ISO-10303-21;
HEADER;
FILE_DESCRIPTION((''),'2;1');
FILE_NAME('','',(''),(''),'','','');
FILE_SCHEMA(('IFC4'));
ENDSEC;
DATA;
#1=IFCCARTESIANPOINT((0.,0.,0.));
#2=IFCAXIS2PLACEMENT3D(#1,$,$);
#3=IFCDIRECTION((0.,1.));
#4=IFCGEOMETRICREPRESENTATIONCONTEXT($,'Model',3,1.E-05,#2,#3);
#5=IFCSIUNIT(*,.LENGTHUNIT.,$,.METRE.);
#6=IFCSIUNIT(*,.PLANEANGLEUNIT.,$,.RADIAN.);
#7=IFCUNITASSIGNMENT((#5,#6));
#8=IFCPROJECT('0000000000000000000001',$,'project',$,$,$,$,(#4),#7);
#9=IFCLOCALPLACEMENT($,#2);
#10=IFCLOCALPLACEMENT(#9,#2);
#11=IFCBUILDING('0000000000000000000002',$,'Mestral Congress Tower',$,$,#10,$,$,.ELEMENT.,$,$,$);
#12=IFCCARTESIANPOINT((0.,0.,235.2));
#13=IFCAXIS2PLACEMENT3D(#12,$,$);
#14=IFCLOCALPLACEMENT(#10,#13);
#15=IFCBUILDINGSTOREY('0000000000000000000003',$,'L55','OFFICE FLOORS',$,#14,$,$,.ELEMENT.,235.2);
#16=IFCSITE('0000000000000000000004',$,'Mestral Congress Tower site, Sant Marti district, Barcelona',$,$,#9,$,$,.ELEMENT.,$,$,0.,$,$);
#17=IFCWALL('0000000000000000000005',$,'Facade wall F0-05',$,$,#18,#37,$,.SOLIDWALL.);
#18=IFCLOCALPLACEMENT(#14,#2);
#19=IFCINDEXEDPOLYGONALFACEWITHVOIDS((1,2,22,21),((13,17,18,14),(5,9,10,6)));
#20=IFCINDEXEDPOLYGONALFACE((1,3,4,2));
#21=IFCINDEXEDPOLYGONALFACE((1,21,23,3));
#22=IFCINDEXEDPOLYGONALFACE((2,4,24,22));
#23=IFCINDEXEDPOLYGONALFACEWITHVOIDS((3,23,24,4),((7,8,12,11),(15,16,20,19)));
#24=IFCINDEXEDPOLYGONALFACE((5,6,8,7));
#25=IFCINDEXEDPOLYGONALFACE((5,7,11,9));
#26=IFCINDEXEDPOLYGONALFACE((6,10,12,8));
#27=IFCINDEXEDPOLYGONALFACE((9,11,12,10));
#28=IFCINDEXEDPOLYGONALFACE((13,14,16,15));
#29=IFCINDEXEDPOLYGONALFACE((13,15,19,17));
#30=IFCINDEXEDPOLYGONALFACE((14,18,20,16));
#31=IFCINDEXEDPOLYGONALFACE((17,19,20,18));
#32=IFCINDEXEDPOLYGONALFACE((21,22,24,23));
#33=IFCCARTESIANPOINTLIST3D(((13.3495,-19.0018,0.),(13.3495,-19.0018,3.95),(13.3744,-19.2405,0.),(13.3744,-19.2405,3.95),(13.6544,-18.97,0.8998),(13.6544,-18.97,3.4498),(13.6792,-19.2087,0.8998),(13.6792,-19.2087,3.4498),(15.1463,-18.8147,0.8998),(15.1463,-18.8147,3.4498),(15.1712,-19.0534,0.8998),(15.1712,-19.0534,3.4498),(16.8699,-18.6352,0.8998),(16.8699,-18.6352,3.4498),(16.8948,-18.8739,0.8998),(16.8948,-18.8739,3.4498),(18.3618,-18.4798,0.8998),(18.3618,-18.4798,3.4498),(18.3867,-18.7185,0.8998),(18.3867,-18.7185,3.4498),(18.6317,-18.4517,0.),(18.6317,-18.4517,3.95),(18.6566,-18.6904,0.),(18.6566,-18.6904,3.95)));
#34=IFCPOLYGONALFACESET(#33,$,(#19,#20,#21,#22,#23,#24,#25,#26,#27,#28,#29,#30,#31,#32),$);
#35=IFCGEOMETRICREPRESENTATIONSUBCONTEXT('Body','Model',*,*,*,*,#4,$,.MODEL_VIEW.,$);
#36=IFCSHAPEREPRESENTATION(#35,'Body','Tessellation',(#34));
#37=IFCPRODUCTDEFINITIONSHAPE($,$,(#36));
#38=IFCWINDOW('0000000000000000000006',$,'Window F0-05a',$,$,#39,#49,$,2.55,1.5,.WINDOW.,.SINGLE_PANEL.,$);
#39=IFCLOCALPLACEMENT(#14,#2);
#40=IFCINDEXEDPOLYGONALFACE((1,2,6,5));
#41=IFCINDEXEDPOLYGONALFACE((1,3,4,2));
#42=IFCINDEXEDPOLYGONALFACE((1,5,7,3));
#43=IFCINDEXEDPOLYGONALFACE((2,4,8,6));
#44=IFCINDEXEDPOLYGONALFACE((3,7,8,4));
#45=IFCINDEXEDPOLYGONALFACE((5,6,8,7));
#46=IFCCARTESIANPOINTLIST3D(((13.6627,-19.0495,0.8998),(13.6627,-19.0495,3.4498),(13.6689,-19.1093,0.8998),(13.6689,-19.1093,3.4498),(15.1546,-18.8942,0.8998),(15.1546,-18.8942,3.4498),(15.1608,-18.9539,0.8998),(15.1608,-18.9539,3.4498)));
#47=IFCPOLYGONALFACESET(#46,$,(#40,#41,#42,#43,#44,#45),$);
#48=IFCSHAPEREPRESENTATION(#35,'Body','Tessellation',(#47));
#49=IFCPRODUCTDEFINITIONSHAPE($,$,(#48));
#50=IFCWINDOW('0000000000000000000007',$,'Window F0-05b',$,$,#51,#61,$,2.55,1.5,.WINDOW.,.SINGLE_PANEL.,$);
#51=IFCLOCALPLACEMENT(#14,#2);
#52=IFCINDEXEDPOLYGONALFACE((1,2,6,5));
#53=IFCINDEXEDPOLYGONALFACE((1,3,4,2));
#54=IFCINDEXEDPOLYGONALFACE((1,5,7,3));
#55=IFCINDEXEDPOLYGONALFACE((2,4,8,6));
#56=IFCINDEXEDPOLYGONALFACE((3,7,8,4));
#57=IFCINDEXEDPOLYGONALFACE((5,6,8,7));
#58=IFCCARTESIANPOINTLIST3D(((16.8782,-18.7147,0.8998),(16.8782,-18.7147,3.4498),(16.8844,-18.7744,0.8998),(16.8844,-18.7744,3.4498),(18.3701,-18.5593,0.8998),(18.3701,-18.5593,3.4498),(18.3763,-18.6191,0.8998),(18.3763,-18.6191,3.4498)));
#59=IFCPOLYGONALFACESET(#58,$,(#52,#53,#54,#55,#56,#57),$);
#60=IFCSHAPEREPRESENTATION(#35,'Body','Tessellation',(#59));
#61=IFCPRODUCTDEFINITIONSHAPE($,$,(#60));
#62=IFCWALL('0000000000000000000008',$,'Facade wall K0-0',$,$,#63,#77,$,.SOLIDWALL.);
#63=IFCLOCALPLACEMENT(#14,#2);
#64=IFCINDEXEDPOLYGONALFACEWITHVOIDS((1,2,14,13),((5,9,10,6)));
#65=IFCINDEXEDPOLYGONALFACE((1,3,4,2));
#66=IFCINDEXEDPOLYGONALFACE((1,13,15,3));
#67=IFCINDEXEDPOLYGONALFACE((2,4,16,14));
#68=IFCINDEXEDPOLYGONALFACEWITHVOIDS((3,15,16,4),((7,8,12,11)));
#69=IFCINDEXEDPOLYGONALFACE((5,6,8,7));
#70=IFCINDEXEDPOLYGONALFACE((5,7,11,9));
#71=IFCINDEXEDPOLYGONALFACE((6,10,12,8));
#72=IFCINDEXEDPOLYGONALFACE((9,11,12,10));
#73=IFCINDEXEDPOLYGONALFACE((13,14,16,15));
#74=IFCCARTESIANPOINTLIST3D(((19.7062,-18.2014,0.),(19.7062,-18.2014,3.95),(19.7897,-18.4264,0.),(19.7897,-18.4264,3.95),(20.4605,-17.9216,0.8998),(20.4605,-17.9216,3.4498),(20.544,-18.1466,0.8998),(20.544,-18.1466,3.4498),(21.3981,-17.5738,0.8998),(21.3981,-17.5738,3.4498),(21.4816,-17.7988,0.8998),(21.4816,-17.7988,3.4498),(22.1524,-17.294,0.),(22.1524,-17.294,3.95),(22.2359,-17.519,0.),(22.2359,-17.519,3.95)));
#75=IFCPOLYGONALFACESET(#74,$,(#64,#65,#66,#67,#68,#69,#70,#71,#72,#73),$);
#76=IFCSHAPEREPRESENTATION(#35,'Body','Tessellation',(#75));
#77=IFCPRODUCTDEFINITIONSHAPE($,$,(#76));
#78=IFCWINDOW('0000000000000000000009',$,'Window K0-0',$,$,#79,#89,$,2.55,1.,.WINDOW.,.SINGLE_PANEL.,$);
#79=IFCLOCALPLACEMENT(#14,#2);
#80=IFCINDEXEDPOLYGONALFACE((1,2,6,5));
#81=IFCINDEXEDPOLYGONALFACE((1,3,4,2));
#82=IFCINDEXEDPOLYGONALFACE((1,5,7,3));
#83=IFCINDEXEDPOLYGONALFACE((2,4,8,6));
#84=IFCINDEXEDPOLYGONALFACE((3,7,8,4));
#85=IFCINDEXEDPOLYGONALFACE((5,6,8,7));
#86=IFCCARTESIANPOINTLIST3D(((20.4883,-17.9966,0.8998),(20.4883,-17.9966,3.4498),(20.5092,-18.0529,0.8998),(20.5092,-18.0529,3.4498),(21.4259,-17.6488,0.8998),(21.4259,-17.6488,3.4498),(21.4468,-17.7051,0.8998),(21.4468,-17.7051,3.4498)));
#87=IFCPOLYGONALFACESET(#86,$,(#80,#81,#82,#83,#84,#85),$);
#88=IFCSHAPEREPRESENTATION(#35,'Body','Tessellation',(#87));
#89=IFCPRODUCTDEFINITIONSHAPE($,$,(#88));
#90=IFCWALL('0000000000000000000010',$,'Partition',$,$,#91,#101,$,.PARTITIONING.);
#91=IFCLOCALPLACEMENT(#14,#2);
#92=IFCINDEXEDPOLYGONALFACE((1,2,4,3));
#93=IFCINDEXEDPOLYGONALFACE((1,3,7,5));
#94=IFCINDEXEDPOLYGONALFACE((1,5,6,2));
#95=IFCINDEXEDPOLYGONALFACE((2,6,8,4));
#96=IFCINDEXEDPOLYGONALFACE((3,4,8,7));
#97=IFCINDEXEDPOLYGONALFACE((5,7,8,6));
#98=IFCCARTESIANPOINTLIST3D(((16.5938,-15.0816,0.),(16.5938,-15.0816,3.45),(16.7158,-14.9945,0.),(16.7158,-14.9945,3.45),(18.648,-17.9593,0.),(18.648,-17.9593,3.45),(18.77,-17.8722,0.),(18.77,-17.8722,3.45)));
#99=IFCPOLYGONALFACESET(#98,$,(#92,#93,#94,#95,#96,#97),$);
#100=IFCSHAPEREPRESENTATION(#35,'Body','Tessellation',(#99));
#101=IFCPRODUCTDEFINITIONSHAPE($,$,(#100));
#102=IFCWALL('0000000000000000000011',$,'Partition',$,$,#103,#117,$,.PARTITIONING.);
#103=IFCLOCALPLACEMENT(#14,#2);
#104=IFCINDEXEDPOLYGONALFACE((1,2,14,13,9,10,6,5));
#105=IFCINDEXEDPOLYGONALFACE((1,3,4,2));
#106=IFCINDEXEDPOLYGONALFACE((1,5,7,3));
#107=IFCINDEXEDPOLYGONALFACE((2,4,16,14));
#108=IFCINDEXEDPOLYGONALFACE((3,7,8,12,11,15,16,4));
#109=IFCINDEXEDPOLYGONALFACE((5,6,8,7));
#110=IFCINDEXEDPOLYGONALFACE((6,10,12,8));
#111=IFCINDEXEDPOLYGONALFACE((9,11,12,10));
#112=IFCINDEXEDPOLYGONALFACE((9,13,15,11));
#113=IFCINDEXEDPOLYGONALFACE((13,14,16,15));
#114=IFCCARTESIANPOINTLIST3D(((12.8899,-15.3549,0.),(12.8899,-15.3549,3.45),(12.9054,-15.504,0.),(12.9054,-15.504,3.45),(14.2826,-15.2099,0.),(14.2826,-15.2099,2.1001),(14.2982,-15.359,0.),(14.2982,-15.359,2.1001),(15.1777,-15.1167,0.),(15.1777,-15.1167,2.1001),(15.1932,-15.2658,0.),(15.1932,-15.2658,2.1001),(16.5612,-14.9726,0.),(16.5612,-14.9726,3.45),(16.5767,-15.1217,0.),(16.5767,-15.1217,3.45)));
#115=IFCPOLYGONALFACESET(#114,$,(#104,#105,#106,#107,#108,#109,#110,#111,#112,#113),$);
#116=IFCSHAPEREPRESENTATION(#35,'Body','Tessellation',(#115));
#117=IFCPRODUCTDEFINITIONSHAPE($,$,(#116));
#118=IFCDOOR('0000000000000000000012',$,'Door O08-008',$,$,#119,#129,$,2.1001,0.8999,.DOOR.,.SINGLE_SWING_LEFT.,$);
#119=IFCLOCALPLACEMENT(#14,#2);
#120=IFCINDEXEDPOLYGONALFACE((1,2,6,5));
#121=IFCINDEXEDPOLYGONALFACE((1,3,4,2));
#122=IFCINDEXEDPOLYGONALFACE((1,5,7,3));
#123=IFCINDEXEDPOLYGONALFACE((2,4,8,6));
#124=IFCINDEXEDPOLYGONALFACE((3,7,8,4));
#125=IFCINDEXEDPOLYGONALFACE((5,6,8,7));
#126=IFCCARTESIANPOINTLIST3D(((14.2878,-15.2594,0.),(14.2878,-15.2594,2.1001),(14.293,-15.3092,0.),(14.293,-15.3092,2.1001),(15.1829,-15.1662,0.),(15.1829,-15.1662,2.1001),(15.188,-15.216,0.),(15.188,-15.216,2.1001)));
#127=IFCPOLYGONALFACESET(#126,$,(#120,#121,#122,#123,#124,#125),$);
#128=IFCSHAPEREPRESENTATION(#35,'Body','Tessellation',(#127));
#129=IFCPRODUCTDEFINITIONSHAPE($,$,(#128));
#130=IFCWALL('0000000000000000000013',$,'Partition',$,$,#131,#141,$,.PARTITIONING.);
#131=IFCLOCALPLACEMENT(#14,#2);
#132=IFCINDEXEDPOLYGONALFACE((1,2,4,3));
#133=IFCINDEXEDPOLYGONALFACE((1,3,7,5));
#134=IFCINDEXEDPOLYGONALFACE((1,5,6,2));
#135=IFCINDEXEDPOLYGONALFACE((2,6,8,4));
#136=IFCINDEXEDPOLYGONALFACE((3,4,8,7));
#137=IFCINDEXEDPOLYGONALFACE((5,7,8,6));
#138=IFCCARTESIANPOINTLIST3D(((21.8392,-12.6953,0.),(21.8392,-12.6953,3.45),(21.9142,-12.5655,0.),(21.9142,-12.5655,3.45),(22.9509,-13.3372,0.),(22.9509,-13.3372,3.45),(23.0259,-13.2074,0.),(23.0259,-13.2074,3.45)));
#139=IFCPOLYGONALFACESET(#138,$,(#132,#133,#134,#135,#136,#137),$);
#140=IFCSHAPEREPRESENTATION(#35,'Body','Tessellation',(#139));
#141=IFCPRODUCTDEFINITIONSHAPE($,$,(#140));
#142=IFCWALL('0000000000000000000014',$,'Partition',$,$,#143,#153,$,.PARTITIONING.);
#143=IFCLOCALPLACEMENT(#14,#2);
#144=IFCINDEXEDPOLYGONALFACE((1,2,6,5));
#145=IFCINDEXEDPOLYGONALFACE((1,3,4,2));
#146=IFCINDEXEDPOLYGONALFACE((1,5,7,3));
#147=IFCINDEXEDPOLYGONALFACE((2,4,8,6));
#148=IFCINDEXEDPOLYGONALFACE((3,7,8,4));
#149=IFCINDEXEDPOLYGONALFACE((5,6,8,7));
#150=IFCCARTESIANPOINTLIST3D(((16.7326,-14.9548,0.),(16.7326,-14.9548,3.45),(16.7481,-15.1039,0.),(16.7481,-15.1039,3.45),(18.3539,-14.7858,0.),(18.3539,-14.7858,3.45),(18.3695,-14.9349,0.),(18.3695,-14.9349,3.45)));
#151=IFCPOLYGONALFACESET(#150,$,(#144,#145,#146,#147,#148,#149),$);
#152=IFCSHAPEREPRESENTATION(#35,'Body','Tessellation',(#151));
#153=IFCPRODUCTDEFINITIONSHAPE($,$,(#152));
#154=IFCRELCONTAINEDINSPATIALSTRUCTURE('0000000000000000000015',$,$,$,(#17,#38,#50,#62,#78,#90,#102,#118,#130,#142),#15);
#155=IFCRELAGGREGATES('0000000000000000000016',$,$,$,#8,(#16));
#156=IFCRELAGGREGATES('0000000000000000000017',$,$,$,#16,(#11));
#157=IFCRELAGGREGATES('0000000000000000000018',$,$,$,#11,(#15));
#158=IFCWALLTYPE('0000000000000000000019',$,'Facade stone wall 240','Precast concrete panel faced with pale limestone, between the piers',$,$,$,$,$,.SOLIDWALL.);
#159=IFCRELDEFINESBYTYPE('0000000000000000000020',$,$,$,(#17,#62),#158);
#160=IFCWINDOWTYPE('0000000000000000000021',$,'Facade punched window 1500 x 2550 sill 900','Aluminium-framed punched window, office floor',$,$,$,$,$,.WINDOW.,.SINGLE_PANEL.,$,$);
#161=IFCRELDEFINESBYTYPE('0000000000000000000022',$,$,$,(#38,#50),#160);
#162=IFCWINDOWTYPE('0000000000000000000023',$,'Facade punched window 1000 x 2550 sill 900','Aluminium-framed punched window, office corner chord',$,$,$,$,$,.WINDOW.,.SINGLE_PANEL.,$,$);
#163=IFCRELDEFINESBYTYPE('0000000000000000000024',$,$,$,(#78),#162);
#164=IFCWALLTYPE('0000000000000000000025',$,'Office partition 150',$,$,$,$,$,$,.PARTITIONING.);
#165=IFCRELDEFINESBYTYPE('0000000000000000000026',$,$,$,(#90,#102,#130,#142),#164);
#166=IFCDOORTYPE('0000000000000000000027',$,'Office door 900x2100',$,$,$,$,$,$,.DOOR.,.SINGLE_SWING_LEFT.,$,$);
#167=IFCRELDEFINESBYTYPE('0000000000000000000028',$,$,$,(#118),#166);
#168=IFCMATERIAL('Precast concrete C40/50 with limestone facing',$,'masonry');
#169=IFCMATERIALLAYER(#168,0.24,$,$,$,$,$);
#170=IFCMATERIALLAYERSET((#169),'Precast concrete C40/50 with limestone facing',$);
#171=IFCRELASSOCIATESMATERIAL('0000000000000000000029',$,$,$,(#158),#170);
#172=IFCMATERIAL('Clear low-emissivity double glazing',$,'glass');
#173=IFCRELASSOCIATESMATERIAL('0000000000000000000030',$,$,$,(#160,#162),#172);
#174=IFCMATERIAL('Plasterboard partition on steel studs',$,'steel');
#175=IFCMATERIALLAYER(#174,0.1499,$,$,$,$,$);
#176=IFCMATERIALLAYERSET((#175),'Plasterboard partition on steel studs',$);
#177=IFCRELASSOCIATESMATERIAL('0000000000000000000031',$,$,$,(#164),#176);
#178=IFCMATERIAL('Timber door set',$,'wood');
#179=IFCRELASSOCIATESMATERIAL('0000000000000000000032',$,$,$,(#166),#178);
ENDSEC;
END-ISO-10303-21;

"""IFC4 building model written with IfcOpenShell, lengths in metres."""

from ifc_helpers import new_model, si_unit, direction, frame, frame_2d, origin, place, context, subcontext, project, spatial, rectangle, extrude, material, layer, layer_set, type_object, element, fill, save


model = new_model("IFC4")

# Units and contexts
model_context = context("Model", 3, precision=1e-05, world=origin(), true_north=direction((0.0, 1.0)))
body_context = subcontext(model_context, "Body", "Model", "MODEL_VIEW")
ifc_project = project(units=[si_unit("LENGTHUNIT", "METRE"), si_unit("PLANEANGLEUNIT", "RADIAN")], contexts=[model_context])

# Site, building, storey
site_placement = place(None, origin())
site = spatial("IfcSite", under=ifc_project, at=site_placement, Name="Mestral Congress Tower site, Sant Marti district, Barcelona", CompositionType="ELEMENT", RefElevation=0.0)
building_placement = place(site_placement, origin())
building = spatial("IfcBuilding", under=site, at=building_placement, Name="Mestral Congress Tower", CompositionType="ELEMENT")
storey_placement = place(building_placement, frame((0.0, 0.0, 235.2)))
storey = spatial("IfcBuildingStorey", under=building, at=storey_placement, Name="L55", Description="OFFICE FLOORS", CompositionType="ELEMENT", Elevation=235.2)

# Wall, openings, windows
ifc_material_1 = material(Name="Precast concrete C40/50 with limestone facing", Category="masonry")
ifc_layer_1 = layer(ifc_material_1, 0.24)
ifc_layer_set_1 = layer_set([ifc_layer_1], Name="Precast concrete C40/50 with limestone facing")
wall_type_1 = type_object("IfcWallType", Name="Facade stone wall 240", Description="Precast concrete panel faced with pale limestone, between the piers", PredefinedType="SOLIDWALL", material=ifc_layer_set_1)
wall_1_placement = place(storey_placement, frame((13.3621, -19.1211, 0.0), z_axis=(0.0, 0.0, 1.0), x_axis=(0.994622, 0.103572, 0.0)))
wall_1 = element("IfcWall", 1, at=wall_1_placement, inside=storey, type_object=wall_type_1, Name="Facade wall F0-05", PredefinedType="SOLIDWALL", context=body_context, shape_type="SweptSolid", body=[
    extrude(rectangle(XDim=5.3108, YDim=0.24, at=frame_2d((2.6553, 0.0))), origin(), (0.0, 0.0, 1.0), 3.95),
])
opening_1_placement = place(wall_1_placement, frame((0.3064, 0.0, 0.8999)))
opening_1 = element("IfcOpeningElement", 2, at=opening_1_placement, cuts=wall_1, PredefinedType="OPENING", context=body_context, shape_type="SweptSolid", body=[
    extrude(rectangle(XDim=1.5, YDim=2.55, at=frame_2d((0.75, 1.2749))), frame((0.0, 0.1299, 0.0), z_axis=(0.0, -1.0, 0.0), x_axis=(1.0, 0.0, 0.0)), (0.0, 0.0, 1.0), 0.26),
])
opening_2_placement = place(wall_1_placement, frame((3.5393, 0.0, 0.8999)))
opening_2 = element("IfcOpeningElement", 3, at=opening_2_placement, cuts=wall_1, PredefinedType="OPENING", context=body_context, shape_type="SweptSolid", body=[
    extrude(rectangle(XDim=1.5, YDim=2.55, at=frame_2d((0.75, 1.2749))), frame((0.0, 0.1299, 0.0), z_axis=(0.0, -1.0, 0.0), x_axis=(1.0, 0.0, 0.0)), (0.0, 0.0, 1.0), 0.26),
])
ifc_material_2 = material(Name="Clear low-emissivity double glazing", Category="glass")
window_type_1 = type_object("IfcWindowType", Name="Facade punched window 1500 x 2550 sill 900", Description="Aluminium-framed punched window, office floor", PartitioningType="SINGLE_PANEL", PredefinedType="WINDOW", material=ifc_material_2)
window_1_placement = place(opening_1_placement, origin())
window_1 = element("IfcWindow", 4, at=window_1_placement, inside=storey, type_object=window_type_1, Name="Window F0-05a", OverallHeight=2.55, OverallWidth=1.5, PartitioningType="SINGLE_PANEL", PredefinedType="WINDOW", context=body_context, shape_type="SweptSolid", body=[
    extrude(rectangle(XDim=1.5, YDim=2.55, at=frame_2d((0.75, 1.2749))), frame((0.0, 0.04, 0.0), z_axis=(0.0, -1.0, 0.0), x_axis=(1.0, 0.0, 0.0)), (0.0, 0.0, 1.0), 0.0601),
])
fill(opening_1, window_1)
window_2_placement = place(opening_2_placement, origin())
window_2 = element("IfcWindow", 5, at=window_2_placement, inside=storey, type_object=window_type_1, Name="Window F0-05b", OverallHeight=2.55, OverallWidth=1.5, PartitioningType="SINGLE_PANEL", PredefinedType="WINDOW", context=body_context, shape_type="SweptSolid", body=[
    extrude(rectangle(XDim=1.5, YDim=2.55, at=frame_2d((0.75, 1.2749))), frame((0.0, 0.04, 0.0), z_axis=(0.0, -1.0, 0.0), x_axis=(1.0, 0.0, 0.0)), (0.0, 0.0, 1.0), 0.0601),
])
fill(opening_2, window_2)

# Wall, opening, window
wall_2_placement = place(storey_placement, frame((19.7478, -18.314, 0.0), z_axis=(0.0, 0.0, 1.0), x_axis=(0.937569, 0.347799, 0.0)))
wall_2 = element("IfcWall", 6, at=wall_2_placement, inside=storey, type_object=wall_type_1, Name="Facade wall K0-0", PredefinedType="SOLIDWALL", context=body_context, shape_type="SweptSolid", body=[
    extrude(rectangle(XDim=2.6091, YDim=0.24, at=frame_2d((1.3047, 0.0))), origin(), (0.0, 0.0, 1.0), 3.95),
])
opening_3_placement = place(wall_2_placement, frame((0.8047, 0.0, 0.8999)))
opening_3 = element("IfcOpeningElement", 7, at=opening_3_placement, cuts=wall_2, PredefinedType="OPENING", context=body_context, shape_type="SweptSolid", body=[
    extrude(rectangle(XDim=1.0, YDim=2.55, at=frame_2d((0.5, 1.2749))), frame((0.0, 0.1299, 0.0), z_axis=(0.0, -1.0, 0.0), x_axis=(1.0, 0.0, 0.0)), (0.0, 0.0, 1.0), 0.26),
])
window_type_2 = type_object("IfcWindowType", Name="Facade punched window 1000 x 2550 sill 900", Description="Aluminium-framed punched window, office corner chord", PartitioningType="SINGLE_PANEL", PredefinedType="WINDOW", material=ifc_material_2)
window_3_placement = place(opening_3_placement, origin())
window_3 = element("IfcWindow", 8, at=window_3_placement, inside=storey, type_object=window_type_2, Name="Window K0-0", OverallHeight=2.55, OverallWidth=1.0, PartitioningType="SINGLE_PANEL", PredefinedType="WINDOW", context=body_context, shape_type="SweptSolid", body=[
    extrude(rectangle(XDim=1.0, YDim=2.55, at=frame_2d((0.5, 1.2749))), frame((0.0, 0.04, 0.0), z_axis=(0.0, -1.0, 0.0), x_axis=(1.0, 0.0, 0.0)), (0.0, 0.0, 1.0), 0.0601),
])
fill(opening_3, window_3)

# Wall
ifc_material_3 = material(Name="Plasterboard partition on steel studs", Category="steel")
ifc_layer_2 = layer(ifc_material_3, 0.1499)
ifc_layer_set_2 = layer_set([ifc_layer_2], Name="Plasterboard partition on steel studs")
wall_type_2 = type_object("IfcWallType", Name="Office partition 150", PredefinedType="PARTITIONING", material=ifc_layer_set_2)
wall_3_placement = place(storey_placement, frame((16.6548, -15.0381, 0.0), z_axis=(0.0, 0.0, 1.0), x_axis=(0.580996, -0.813906, 0.0)))
element("IfcWall", 9, at=wall_3_placement, inside=storey, type_object=wall_type_2, Name="Partition", PredefinedType="PARTITIONING", context=body_context, shape_type="SweptSolid", body=[
    extrude(rectangle(XDim=3.5356, YDim=0.1499, at=frame_2d((1.7678, 0.0))), origin(), (0.0, 0.0, 1.0), 3.45),
])

# Wall, opening, door
wall_4_placement = place(storey_placement, frame((16.5691, -15.0471, 0.0), z_axis=(0.0, 0.0, 1.0), x_axis=(-0.994622, -0.103576, 0.0)))
wall_4 = element("IfcWall", 10, at=wall_4_placement, inside=storey, type_object=wall_type_2, Name="Partition", PredefinedType="PARTITIONING", context=body_context, shape_type="SweptSolid", body=[
    extrude(rectangle(XDim=3.6912, YDim=0.1499, at=frame_2d((1.8457, 0.0))), origin(), (0.0, 0.0, 1.0), 3.45),
])
opening_4_placement = place(wall_4_placement, frame((1.3911, 0.0, 0.0)))
opening_4 = element("IfcOpeningElement", 11, at=opening_4_placement, cuts=wall_4, PredefinedType="OPENING", context=body_context, shape_type="SweptSolid", body=[
    extrude(rectangle(XDim=0.8999, YDim=2.1001, at=frame_2d((0.45, 1.05))), frame((0.0, 0.085, 0.0), z_axis=(0.0, -1.0, 0.0), x_axis=(1.0, 0.0, 0.0)), (0.0, 0.0, 1.0), 0.1699),
])
ifc_material_4 = material(Name="Timber door set", Category="wood")
door_type = type_object("IfcDoorType", Name="Office door 900x2100", OperationType="SINGLE_SWING_LEFT", PredefinedType="DOOR", material=ifc_material_4)
door_1_placement = place(opening_4_placement, origin())
door_1 = element("IfcDoor", 12, at=door_1_placement, inside=storey, type_object=door_type, Name="Door O08-008", OperationType="SINGLE_SWING_LEFT", OverallHeight=2.1001, OverallWidth=0.8999, PredefinedType="DOOR", context=body_context, shape_type="SweptSolid", body=[
    extrude(rectangle(XDim=0.8999, YDim=2.1001, at=frame_2d((0.45, 1.05))), frame((0.0, 0.0249, 0.0), z_axis=(0.0, -1.0, 0.0), x_axis=(1.0, 0.0, 0.0)), (0.0, 0.0, 1.0), 0.05),
])
fill(opening_4, door_1)

# Walls
wall_5_placement = place(storey_placement, frame((21.8767, -12.6304, 0.0), z_axis=(0.0, 0.0, 1.0), x_axis=(0.865999, -0.500046, 0.0)))
element("IfcWall", 13, at=wall_5_placement, inside=storey, type_object=wall_type_2, Name="Partition", PredefinedType="PARTITIONING", context=body_context, shape_type="SweptSolid", body=[
    extrude(rectangle(XDim=1.2837, YDim=0.1499, at=frame_2d((0.6418, 0.0))), origin(), (0.0, 0.0, 1.0), 3.45),
])
wall_6_placement = place(storey_placement, frame((16.7405, -15.0293, 0.0), z_axis=(0.0, 0.0, 1.0), x_axis=(0.994615, 0.10364, 0.0)))
element("IfcWall", 14, at=wall_6_placement, inside=storey, type_object=wall_type_2, Name="Partition", PredefinedType="PARTITIONING", context=body_context, shape_type="SweptSolid", body=[
    extrude(rectangle(XDim=1.6301, YDim=0.1499, at=frame_2d((0.8149, 0.0))), origin(), (0.0, 0.0, 1.0), 3.45),
])

save(model, "model.ifc")
